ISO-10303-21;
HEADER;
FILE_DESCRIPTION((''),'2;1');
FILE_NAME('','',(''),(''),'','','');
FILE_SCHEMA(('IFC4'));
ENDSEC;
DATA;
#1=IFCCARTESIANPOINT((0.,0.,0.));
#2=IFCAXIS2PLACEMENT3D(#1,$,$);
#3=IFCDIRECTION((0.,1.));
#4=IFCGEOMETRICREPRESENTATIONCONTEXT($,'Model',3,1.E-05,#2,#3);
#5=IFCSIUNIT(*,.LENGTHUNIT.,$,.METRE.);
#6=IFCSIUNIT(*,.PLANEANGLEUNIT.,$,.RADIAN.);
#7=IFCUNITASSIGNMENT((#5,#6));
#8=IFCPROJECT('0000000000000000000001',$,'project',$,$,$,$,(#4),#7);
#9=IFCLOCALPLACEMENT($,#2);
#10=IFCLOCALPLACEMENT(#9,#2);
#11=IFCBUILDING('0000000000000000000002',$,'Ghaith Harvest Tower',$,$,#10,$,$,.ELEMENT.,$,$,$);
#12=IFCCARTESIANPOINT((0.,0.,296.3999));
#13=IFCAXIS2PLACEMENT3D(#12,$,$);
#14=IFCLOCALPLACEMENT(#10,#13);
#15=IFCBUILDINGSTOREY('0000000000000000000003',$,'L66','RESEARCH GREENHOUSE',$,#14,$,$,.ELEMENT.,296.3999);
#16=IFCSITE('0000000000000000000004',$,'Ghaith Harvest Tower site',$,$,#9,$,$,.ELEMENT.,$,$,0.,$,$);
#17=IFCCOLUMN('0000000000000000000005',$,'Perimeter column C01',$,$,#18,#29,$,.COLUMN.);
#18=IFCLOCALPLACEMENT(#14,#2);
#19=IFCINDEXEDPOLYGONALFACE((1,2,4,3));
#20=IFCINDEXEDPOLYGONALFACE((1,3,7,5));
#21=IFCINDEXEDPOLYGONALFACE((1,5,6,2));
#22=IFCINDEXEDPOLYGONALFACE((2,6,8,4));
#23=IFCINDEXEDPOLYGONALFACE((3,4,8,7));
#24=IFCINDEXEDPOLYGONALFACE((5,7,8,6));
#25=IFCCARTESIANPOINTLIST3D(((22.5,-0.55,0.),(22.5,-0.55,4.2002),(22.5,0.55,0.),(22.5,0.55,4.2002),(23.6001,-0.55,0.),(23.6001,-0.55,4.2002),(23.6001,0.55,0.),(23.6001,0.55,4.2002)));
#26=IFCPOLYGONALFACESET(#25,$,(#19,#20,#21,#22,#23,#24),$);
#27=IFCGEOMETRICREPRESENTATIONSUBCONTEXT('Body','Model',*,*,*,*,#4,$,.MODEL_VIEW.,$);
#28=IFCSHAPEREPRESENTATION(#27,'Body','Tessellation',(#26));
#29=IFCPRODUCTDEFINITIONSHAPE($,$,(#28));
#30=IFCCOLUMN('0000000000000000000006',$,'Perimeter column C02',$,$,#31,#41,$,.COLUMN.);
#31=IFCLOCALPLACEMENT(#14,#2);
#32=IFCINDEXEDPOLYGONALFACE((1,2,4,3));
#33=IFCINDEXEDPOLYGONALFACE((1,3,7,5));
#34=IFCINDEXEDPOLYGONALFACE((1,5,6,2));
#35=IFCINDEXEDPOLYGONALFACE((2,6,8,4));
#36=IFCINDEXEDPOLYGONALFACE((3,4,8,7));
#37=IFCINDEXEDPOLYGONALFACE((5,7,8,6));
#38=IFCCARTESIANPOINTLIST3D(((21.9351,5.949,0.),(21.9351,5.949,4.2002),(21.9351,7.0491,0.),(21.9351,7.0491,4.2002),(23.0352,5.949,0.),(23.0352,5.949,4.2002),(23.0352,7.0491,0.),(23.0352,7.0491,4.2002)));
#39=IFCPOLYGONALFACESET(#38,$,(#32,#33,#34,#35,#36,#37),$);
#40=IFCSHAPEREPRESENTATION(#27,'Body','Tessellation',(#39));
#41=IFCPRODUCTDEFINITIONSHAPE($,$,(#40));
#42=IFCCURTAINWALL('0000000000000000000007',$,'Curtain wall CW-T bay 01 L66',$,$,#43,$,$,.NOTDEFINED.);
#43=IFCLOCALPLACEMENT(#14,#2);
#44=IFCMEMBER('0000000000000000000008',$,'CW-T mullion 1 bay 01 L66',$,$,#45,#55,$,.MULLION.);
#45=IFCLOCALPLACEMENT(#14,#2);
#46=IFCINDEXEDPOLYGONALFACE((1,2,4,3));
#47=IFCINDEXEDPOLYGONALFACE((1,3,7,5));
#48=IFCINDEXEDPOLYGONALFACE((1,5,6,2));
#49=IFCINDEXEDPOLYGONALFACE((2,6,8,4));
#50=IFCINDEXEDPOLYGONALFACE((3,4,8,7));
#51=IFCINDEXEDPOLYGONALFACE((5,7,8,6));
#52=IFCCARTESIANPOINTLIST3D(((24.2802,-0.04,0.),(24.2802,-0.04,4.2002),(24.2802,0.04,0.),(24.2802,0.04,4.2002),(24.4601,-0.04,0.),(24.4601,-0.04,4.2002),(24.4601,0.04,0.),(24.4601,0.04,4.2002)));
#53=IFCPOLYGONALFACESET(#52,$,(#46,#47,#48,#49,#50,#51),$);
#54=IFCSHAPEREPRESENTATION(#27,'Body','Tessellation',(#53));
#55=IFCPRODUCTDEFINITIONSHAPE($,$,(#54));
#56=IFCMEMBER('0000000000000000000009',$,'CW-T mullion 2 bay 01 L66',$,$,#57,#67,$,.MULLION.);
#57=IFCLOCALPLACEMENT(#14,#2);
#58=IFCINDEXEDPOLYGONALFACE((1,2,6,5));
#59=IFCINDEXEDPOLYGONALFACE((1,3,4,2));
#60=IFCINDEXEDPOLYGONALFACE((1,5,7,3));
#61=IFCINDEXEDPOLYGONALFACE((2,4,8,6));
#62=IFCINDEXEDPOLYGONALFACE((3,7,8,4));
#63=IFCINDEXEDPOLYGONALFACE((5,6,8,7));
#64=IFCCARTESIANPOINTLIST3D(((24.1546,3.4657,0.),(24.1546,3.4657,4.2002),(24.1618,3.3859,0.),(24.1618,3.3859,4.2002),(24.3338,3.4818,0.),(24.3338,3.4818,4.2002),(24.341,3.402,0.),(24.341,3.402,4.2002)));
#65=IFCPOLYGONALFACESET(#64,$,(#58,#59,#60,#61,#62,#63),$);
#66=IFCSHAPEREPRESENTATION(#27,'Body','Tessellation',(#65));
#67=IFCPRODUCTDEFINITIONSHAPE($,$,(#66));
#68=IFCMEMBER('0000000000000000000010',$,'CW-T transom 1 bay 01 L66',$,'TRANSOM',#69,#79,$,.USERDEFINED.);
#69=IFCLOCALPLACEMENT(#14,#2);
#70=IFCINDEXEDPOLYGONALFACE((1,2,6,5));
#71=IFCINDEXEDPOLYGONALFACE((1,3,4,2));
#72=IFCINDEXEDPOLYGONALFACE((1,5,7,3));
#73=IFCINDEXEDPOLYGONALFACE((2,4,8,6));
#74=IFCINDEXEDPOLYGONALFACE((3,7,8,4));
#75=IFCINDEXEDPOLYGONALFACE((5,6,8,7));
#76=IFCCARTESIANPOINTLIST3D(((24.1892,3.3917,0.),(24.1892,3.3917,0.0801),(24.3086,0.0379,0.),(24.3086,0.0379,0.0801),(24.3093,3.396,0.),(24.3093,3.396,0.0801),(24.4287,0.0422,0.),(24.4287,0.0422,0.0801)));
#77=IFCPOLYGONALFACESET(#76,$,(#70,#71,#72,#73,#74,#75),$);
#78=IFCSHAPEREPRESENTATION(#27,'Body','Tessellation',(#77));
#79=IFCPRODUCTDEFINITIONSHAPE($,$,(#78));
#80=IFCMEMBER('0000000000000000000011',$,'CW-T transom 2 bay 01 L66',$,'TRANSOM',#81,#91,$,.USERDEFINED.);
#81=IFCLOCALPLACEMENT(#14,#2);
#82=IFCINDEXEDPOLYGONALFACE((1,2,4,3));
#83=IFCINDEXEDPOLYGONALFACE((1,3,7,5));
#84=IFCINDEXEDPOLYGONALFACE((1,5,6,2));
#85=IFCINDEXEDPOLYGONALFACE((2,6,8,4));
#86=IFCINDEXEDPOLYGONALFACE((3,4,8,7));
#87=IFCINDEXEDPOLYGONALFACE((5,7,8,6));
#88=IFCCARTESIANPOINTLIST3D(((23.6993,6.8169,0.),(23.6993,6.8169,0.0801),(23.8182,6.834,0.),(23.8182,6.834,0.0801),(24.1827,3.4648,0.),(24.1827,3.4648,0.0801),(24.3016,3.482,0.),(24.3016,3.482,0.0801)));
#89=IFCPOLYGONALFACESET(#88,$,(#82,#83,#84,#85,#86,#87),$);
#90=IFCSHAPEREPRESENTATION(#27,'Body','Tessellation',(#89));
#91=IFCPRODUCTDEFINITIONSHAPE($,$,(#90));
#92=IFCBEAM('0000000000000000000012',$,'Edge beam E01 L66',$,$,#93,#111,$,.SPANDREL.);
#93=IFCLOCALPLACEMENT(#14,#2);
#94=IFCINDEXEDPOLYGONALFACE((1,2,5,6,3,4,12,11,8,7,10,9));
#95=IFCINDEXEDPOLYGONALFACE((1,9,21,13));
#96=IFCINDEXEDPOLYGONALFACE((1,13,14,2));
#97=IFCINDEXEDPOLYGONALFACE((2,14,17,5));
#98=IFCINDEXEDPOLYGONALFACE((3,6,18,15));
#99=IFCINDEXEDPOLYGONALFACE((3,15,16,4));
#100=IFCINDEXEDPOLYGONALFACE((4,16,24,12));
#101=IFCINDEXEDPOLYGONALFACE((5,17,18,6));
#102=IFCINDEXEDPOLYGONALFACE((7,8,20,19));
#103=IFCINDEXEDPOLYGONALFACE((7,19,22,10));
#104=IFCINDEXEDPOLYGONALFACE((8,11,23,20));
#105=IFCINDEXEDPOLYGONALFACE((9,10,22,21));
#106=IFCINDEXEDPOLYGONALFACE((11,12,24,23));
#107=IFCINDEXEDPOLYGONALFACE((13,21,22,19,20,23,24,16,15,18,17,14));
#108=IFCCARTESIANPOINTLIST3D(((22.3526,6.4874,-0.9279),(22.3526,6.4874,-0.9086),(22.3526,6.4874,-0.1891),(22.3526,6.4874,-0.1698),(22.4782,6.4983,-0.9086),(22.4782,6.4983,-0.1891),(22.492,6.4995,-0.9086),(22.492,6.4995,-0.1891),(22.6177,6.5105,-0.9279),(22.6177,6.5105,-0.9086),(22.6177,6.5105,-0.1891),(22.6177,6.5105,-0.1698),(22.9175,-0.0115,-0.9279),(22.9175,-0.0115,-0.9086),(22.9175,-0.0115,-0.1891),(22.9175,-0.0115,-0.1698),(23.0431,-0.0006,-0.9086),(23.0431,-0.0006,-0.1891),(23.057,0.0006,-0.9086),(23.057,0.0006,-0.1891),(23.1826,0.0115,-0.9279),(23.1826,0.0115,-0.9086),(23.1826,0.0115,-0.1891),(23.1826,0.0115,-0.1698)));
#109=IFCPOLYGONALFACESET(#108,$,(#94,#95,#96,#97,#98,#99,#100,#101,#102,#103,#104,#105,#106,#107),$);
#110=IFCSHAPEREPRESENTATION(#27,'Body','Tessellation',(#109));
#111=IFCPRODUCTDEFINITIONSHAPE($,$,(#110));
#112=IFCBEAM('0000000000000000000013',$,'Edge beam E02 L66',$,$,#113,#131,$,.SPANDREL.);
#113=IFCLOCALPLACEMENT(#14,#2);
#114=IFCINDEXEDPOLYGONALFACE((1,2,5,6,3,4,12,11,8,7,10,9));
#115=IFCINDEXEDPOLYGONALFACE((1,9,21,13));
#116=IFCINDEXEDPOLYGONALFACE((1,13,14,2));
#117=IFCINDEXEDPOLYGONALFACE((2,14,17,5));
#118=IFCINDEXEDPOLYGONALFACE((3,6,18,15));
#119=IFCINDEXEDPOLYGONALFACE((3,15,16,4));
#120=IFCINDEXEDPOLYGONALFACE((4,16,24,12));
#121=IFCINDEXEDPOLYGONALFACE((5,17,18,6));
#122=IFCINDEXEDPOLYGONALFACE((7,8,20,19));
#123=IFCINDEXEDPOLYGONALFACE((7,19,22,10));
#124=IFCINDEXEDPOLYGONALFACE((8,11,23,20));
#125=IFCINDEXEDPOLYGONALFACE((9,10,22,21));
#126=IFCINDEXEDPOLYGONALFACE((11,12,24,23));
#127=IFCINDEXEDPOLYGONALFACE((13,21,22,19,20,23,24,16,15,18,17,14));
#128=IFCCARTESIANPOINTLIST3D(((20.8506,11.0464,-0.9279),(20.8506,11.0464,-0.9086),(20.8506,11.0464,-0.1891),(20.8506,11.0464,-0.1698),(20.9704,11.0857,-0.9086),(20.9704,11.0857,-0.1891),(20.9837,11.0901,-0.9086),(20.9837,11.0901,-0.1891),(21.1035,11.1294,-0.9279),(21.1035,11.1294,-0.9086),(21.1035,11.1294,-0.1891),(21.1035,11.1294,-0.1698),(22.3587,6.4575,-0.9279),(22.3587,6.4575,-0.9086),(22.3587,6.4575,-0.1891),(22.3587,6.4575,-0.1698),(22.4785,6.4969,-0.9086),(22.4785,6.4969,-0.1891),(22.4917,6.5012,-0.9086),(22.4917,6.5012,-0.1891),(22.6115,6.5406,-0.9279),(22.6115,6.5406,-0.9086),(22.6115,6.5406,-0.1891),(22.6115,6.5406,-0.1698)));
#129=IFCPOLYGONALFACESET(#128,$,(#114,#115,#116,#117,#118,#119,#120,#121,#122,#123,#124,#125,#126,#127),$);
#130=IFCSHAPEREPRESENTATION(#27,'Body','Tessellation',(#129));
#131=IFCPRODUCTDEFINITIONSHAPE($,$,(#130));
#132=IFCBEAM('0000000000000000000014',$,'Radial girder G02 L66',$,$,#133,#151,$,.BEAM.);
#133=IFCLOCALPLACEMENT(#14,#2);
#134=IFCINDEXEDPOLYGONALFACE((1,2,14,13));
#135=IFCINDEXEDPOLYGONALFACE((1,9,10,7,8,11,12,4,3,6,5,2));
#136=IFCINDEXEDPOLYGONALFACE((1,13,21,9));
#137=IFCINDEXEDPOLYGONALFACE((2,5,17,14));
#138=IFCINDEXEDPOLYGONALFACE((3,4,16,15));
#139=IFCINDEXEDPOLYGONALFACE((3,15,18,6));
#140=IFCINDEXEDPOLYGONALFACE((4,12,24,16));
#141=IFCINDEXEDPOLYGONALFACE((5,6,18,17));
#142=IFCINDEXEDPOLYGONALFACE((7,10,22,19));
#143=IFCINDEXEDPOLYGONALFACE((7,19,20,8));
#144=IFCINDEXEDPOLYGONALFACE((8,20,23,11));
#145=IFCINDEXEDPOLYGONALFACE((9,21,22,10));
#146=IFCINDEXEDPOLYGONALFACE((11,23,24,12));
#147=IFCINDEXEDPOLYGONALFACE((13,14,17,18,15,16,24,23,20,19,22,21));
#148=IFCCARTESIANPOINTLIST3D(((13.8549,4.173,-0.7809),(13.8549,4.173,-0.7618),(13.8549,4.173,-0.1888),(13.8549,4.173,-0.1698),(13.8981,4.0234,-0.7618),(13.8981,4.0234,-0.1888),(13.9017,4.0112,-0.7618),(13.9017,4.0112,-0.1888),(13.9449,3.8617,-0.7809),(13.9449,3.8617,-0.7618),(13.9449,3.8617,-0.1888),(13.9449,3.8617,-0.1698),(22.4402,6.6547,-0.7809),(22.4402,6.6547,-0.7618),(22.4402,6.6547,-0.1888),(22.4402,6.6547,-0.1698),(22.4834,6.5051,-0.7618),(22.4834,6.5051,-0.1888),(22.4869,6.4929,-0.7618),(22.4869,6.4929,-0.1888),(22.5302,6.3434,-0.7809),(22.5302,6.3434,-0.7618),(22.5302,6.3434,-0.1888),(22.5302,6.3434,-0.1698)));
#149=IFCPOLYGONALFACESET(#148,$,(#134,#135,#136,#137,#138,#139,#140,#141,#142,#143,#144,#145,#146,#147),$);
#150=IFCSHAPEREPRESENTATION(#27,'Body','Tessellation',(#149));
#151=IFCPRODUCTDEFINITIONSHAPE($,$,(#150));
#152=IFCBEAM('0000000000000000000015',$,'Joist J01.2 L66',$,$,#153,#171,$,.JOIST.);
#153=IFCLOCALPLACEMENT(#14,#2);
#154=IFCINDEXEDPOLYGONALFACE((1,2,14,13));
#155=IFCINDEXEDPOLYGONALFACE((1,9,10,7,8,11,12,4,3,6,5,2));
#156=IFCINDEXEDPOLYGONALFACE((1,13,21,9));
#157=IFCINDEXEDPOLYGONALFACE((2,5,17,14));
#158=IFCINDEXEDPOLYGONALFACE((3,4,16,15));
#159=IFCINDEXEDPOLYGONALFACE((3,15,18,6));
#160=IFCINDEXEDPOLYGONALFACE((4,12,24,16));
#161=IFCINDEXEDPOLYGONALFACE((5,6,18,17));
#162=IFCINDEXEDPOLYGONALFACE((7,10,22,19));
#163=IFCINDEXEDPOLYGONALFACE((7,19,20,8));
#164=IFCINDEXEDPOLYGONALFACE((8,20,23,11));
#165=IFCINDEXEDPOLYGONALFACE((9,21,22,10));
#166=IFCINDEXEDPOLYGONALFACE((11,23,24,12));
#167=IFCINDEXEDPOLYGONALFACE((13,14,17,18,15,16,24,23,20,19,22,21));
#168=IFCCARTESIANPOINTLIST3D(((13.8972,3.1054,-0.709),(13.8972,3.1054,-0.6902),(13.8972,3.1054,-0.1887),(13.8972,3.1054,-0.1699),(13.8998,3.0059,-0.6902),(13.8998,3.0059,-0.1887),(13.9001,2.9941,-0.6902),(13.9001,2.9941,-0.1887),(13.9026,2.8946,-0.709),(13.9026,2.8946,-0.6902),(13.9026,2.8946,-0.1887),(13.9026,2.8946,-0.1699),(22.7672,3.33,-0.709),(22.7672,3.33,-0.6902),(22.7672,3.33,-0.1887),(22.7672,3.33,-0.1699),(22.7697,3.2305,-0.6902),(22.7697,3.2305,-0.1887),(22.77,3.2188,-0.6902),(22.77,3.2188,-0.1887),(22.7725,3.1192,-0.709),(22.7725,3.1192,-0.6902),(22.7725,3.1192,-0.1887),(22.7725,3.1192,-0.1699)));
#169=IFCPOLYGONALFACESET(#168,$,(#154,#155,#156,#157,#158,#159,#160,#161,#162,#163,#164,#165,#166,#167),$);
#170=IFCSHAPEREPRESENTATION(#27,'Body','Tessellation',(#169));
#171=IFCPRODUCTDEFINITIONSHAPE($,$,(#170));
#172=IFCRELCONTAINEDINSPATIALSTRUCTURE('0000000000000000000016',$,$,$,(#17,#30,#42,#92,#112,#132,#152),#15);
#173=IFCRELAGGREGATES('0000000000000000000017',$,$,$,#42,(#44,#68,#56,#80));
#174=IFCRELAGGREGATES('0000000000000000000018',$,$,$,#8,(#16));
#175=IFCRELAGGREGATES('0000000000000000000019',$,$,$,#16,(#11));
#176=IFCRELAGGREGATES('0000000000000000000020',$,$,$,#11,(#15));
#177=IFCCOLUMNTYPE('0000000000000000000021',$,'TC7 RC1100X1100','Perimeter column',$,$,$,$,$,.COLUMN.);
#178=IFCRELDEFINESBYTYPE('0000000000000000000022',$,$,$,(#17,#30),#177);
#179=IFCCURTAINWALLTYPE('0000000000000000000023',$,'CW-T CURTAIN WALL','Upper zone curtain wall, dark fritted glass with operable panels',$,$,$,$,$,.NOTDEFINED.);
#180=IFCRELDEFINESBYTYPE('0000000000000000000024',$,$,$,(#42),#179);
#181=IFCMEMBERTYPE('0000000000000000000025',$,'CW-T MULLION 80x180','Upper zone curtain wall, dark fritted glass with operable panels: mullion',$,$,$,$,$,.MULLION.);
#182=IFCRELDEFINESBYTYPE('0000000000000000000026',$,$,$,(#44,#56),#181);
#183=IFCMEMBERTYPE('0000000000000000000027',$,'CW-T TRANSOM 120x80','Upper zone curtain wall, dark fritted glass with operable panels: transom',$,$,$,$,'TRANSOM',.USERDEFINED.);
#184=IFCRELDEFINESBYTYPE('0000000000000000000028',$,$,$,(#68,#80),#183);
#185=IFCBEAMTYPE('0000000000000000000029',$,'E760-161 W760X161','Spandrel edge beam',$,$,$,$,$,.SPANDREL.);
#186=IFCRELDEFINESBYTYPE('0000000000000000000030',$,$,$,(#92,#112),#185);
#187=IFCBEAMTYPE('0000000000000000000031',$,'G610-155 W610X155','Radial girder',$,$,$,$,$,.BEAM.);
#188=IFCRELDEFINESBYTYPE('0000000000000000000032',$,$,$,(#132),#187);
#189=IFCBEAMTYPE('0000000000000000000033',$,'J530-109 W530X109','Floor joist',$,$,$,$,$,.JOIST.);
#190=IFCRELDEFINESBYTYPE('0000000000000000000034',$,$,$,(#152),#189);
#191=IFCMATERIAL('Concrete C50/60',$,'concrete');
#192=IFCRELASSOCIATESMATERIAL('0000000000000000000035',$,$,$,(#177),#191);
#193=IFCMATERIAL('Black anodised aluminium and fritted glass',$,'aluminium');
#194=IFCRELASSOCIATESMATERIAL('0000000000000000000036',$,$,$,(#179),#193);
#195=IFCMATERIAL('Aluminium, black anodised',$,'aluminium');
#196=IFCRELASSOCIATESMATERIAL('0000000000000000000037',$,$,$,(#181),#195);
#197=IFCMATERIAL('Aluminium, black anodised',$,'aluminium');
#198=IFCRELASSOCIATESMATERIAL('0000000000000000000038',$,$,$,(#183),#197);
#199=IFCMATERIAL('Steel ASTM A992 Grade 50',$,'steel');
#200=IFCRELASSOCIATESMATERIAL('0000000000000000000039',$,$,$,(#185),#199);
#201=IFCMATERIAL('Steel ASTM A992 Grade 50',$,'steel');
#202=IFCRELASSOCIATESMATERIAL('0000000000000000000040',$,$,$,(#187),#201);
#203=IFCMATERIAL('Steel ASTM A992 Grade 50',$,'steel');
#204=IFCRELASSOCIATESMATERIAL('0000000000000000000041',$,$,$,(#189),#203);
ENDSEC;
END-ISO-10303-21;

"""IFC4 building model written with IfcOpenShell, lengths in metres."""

from ifc_helpers import new_model, si_unit, direction, frame, origin, origin_2d, place, context, subcontext, project, spatial, rectangle, i_section, extrude, material, material_profile, profile_set, type_object, element, aggregate, save


model = new_model("IFC4")

# Units and contexts
model_context = context("Model", 3, precision=1e-05, world=origin(), true_north=direction((0.0, 1.0)))
body_context = subcontext(model_context, "Body", "Model", "MODEL_VIEW")
ifc_project = project(units=[si_unit("LENGTHUNIT", "METRE"), si_unit("PLANEANGLEUNIT", "RADIAN")], contexts=[model_context])

# Site, building, storey
site_placement = place(None, origin())
site = spatial("IfcSite", under=ifc_project, at=site_placement, Name="Ghaith Harvest Tower site", CompositionType="ELEMENT", RefElevation=0.0)
building_placement = place(site_placement, origin())
building = spatial("IfcBuilding", under=site, at=building_placement, Name="Ghaith Harvest Tower", CompositionType="ELEMENT")
storey_placement = place(building_placement, frame((0.0, 0.0, 296.3999)))
storey = spatial("IfcBuildingStorey", under=building, at=storey_placement, Name="L66", Description="RESEARCH GREENHOUSE", CompositionType="ELEMENT", Elevation=296.3999)

# Columns
ifc_material_1 = material(Name="Concrete C50/60", Category="concrete")
ifc_material_profile_1 = material_profile(ifc_material_1, rectangle(XDim=1.1001, YDim=1.1001, at=origin_2d()), Name="RC1100X1100")
ifc_profile_set_1 = profile_set([ifc_material_profile_1], Name="Concrete C50/60")
column_type = type_object("IfcColumnType", Name="TC7 RC1100X1100", Description="Perimeter column", PredefinedType="COLUMN", material=ifc_profile_set_1)
for number, where, z_axis, x_axis, name in (
    (1, (23.05, 0.0, 0.0), (0.0, 0.0, 1.0), (1.0, 0.0, 0.0), "Perimeter column C01"),
    (2, (22.4851, 6.499, 0.0), (0.0, 0.0, 1.0), (1.0, 0.0, 0.0), "Perimeter column C02"),
):
    element("IfcColumn", number, at=place(storey_placement, frame(where, z_axis=z_axis, x_axis=x_axis)), inside=storey, type_object=column_type, Name=name, PredefinedType="COLUMN", context=body_context, shape_type="SweptSolid", body=[
        extrude(rectangle(XDim=1.1001, YDim=1.1001, at=origin_2d()), origin(), (0.0, 0.0, 1.0), 4.2002),
    ])

# Curtain wall, members
ifc_material_2 = material(Name="Black anodised aluminium and fritted glass", Category="aluminium")
curtain_wall_type = type_object("IfcCurtainWallType", Name="CW-T CURTAIN WALL", Description="Upper zone curtain wall, dark fritted glass with operable panels", PredefinedType="NOTDEFINED", material=ifc_material_2)
curtain_wall_placement = place(storey_placement, origin())
curtain_wall = element("IfcCurtainWall", 3, at=curtain_wall_placement, inside=storey, type_object=curtain_wall_type, Name="Curtain wall CW-T bay 01 L66", PredefinedType="NOTDEFINED")
ifc_material_3 = material(Name="Aluminium, black anodised", Category="aluminium")
ifc_material_profile_2 = material_profile(ifc_material_3, rectangle(XDim=0.0801, YDim=0.1799, at=origin_2d()), Name="CW-T MULLION 80x180")
ifc_profile_set_2 = profile_set([ifc_material_profile_2], Name="Aluminium, black anodised")
member_type_1 = type_object("IfcMemberType", Name="CW-T MULLION 80x180", Description="Upper zone curtain wall, dark fritted glass with operable panels: mullion", PredefinedType="MULLION", material=ifc_profile_set_2)
member_1_placement = place(storey_placement, frame((24.3701, 0.0, 0.0), z_axis=(0.0, 0.0, 1.0), x_axis=(0.0, 1.0, 0.0)))
member_1 = element("IfcMember", 4, at=member_1_placement, type_object=member_type_1, Name="CW-T mullion 1 bay 01 L66", PredefinedType="MULLION", context=body_context, shape_type="SweptSolid", body=[
    extrude(rectangle(XDim=0.0801, YDim=0.1799, at=origin_2d()), origin(), (0.0, 0.0, 1.0), 4.2002),
])
member_2_placement = place(storey_placement, frame((24.2478, 3.4338, 0.0), z_axis=(0.0, 0.0, 1.0), x_axis=(-0.089502, 0.995987, 0.0)))
member_2 = element("IfcMember", 5, at=member_2_placement, type_object=member_type_1, Name="CW-T mullion 2 bay 01 L66", PredefinedType="MULLION", context=body_context, shape_type="SweptSolid", body=[
    extrude(rectangle(XDim=0.0801, YDim=0.1799, at=origin_2d()), origin(), (0.0, 0.0, 1.0), 4.2002),
])
ifc_material_4 = material(Name="Aluminium, black anodised", Category="aluminium")
ifc_material_profile_3 = material_profile(ifc_material_4, rectangle(XDim=0.1201, YDim=0.0801, at=origin_2d()), Name="CW-T TRANSOM 120x80")
ifc_profile_set_3 = profile_set([ifc_material_profile_3], Name="Aluminium, black anodised")
member_type_2 = type_object("IfcMemberType", Name="CW-T TRANSOM 120x80", Description="Upper zone curtain wall, dark fritted glass with operable panels: transom", ElementType="TRANSOM", PredefinedType="USERDEFINED", material=ifc_profile_set_3)
member_3_placement = place(storey_placement, frame((24.3687, 0.04, 0.04), z_axis=(-0.035575, 0.999367, 0.0), x_axis=(-0.999367, -0.035575, 0.0)))
member_3 = element("IfcMember", 6, at=member_3_placement, type_object=member_type_2, Name="CW-T transom 1 bay 01 L66", ObjectType="TRANSOM", PredefinedType="USERDEFINED", context=body_context, shape_type="SweptSolid", body=[
    extrude(rectangle(XDim=0.1201, YDim=0.0801, at=origin_2d()), origin(), (0.0, 0.0, 1.0), 3.356),
])
member_4_placement = place(storey_placement, frame((24.2422, 3.4734, 0.04), z_axis=(-0.142733, 0.989761, 0.0), x_axis=(-0.989761, -0.142733, 0.0)))
member_4 = element("IfcMember", 7, at=member_4_placement, type_object=member_type_2, Name="CW-T transom 2 bay 01 L66", ObjectType="TRANSOM", PredefinedType="USERDEFINED", context=body_context, shape_type="SweptSolid", body=[
    extrude(rectangle(XDim=0.1201, YDim=0.0801, at=origin_2d()), origin(), (0.0, 0.0, 1.0), 3.3867),
])

# Beams
ifc_material_5 = material(Name="Steel ASTM A992 Grade 50", Category="steel")
ifc_material_profile_4 = material_profile(ifc_material_5, i_section(OverallWidth=0.2661, OverallDepth=0.7581, WebThickness=0.0139, FlangeThickness=0.0193, at=origin_2d()), Name="W760X161")
ifc_profile_set_4 = profile_set([ifc_material_profile_4], Name="Steel ASTM A992 Grade 50")
beam_type_1 = type_object("IfcBeamType", Name="E760-161 W760X161", Description="Spandrel edge beam", PredefinedType="SPANDREL", material=ifc_profile_set_4)
beam_1_placement = place(storey_placement, frame((23.05, 0.0, -0.5488), z_axis=(-0.086601, 0.996243, 0.0), x_axis=(-0.996243, -0.086601, 0.0)))
element("IfcBeam", 8, at=beam_1_placement, inside=storey, type_object=beam_type_1, Name="Edge beam E01 L66", PredefinedType="SPANDREL", context=body_context, shape_type="SweptSolid", body=[
    extrude(i_section(OverallWidth=0.2661, OverallDepth=0.7581, WebThickness=0.0139, FlangeThickness=0.0193, at=origin_2d()), origin(), (0.0, 0.0, 1.0), 6.5234),
])
beam_2_placement = place(storey_placement, frame((22.4851, 6.499, -0.5488), z_axis=(-0.312207, 0.950014, 0.0), x_axis=(-0.950014, -0.312207, 0.0)))
element("IfcBeam", 9, at=beam_2_placement, inside=storey, type_object=beam_type_1, Name="Edge beam E02 L66", PredefinedType="SPANDREL", context=body_context, shape_type="SweptSolid", body=[
    extrude(i_section(OverallWidth=0.2661, OverallDepth=0.7581, WebThickness=0.0139, FlangeThickness=0.0193, at=origin_2d()), origin(), (0.0, 0.0, 1.0), 4.8303),
])
ifc_material_6 = material(Name="Steel ASTM A992 Grade 50", Category="steel")
ifc_material_profile_5 = material_profile(ifc_material_6, i_section(OverallWidth=0.324, OverallDepth=0.6111, WebThickness=0.0127, FlangeThickness=0.019, at=origin_2d()), Name="W610X155")
ifc_profile_set_5 = profile_set([ifc_material_profile_5], Name="Steel ASTM A992 Grade 50")
beam_type_2 = type_object("IfcBeamType", Name="G610-155 W610X155", Description="Radial girder", PredefinedType="BEAM", material=ifc_profile_set_5)
beam_3_placement = place(storey_placement, frame((13.8999, 4.0173, -0.4753), z_axis=(0.960669, 0.277697, 0.0), x_axis=(-0.277697, 0.960669, 0.0)))
element("IfcBeam", 10, at=beam_3_placement, inside=storey, type_object=beam_type_2, Name="Radial girder G02 L66", PredefinedType="BEAM", context=body_context, shape_type="SweptSolid", body=[
    extrude(i_section(OverallWidth=0.324, OverallDepth=0.6111, WebThickness=0.0127, FlangeThickness=0.019, at=origin_2d()), origin(), (0.0, 0.0, 1.0), 8.9368),
])
ifc_material_7 = material(Name="Steel ASTM A992 Grade 50", Category="steel")
ifc_material_profile_6 = material_profile(ifc_material_7, i_section(OverallWidth=0.2109, OverallDepth=0.5391, WebThickness=0.0117, FlangeThickness=0.0188, at=origin_2d()), Name="W530X109")
ifc_profile_set_6 = profile_set([ifc_material_profile_6], Name="Steel ASTM A992 Grade 50")
beam_type_3 = type_object("IfcBeamType", Name="J530-109 W530X109", Description="Floor joist", PredefinedType="JOIST", material=ifc_profile_set_6)
beam_4_placement = place(storey_placement, frame((13.8999, 3.0, -0.4395), z_axis=(0.99968, 0.025315, 0.0), x_axis=(-0.025315, 0.99968, 0.0)))
element("IfcBeam", 11, at=beam_4_placement, inside=storey, type_object=beam_type_3, Name="Joist J01.2 L66", PredefinedType="JOIST", context=body_context, shape_type="SweptSolid", body=[
    extrude(i_section(OverallWidth=0.2109, OverallDepth=0.5391, WebThickness=0.0117, FlangeThickness=0.0188, at=origin_2d()), origin(), (0.0, 0.0, 1.0), 8.8728),
])

aggregate(curtain_wall, [member_1, member_3, member_2, member_4])

save(model, "model.ifc")
